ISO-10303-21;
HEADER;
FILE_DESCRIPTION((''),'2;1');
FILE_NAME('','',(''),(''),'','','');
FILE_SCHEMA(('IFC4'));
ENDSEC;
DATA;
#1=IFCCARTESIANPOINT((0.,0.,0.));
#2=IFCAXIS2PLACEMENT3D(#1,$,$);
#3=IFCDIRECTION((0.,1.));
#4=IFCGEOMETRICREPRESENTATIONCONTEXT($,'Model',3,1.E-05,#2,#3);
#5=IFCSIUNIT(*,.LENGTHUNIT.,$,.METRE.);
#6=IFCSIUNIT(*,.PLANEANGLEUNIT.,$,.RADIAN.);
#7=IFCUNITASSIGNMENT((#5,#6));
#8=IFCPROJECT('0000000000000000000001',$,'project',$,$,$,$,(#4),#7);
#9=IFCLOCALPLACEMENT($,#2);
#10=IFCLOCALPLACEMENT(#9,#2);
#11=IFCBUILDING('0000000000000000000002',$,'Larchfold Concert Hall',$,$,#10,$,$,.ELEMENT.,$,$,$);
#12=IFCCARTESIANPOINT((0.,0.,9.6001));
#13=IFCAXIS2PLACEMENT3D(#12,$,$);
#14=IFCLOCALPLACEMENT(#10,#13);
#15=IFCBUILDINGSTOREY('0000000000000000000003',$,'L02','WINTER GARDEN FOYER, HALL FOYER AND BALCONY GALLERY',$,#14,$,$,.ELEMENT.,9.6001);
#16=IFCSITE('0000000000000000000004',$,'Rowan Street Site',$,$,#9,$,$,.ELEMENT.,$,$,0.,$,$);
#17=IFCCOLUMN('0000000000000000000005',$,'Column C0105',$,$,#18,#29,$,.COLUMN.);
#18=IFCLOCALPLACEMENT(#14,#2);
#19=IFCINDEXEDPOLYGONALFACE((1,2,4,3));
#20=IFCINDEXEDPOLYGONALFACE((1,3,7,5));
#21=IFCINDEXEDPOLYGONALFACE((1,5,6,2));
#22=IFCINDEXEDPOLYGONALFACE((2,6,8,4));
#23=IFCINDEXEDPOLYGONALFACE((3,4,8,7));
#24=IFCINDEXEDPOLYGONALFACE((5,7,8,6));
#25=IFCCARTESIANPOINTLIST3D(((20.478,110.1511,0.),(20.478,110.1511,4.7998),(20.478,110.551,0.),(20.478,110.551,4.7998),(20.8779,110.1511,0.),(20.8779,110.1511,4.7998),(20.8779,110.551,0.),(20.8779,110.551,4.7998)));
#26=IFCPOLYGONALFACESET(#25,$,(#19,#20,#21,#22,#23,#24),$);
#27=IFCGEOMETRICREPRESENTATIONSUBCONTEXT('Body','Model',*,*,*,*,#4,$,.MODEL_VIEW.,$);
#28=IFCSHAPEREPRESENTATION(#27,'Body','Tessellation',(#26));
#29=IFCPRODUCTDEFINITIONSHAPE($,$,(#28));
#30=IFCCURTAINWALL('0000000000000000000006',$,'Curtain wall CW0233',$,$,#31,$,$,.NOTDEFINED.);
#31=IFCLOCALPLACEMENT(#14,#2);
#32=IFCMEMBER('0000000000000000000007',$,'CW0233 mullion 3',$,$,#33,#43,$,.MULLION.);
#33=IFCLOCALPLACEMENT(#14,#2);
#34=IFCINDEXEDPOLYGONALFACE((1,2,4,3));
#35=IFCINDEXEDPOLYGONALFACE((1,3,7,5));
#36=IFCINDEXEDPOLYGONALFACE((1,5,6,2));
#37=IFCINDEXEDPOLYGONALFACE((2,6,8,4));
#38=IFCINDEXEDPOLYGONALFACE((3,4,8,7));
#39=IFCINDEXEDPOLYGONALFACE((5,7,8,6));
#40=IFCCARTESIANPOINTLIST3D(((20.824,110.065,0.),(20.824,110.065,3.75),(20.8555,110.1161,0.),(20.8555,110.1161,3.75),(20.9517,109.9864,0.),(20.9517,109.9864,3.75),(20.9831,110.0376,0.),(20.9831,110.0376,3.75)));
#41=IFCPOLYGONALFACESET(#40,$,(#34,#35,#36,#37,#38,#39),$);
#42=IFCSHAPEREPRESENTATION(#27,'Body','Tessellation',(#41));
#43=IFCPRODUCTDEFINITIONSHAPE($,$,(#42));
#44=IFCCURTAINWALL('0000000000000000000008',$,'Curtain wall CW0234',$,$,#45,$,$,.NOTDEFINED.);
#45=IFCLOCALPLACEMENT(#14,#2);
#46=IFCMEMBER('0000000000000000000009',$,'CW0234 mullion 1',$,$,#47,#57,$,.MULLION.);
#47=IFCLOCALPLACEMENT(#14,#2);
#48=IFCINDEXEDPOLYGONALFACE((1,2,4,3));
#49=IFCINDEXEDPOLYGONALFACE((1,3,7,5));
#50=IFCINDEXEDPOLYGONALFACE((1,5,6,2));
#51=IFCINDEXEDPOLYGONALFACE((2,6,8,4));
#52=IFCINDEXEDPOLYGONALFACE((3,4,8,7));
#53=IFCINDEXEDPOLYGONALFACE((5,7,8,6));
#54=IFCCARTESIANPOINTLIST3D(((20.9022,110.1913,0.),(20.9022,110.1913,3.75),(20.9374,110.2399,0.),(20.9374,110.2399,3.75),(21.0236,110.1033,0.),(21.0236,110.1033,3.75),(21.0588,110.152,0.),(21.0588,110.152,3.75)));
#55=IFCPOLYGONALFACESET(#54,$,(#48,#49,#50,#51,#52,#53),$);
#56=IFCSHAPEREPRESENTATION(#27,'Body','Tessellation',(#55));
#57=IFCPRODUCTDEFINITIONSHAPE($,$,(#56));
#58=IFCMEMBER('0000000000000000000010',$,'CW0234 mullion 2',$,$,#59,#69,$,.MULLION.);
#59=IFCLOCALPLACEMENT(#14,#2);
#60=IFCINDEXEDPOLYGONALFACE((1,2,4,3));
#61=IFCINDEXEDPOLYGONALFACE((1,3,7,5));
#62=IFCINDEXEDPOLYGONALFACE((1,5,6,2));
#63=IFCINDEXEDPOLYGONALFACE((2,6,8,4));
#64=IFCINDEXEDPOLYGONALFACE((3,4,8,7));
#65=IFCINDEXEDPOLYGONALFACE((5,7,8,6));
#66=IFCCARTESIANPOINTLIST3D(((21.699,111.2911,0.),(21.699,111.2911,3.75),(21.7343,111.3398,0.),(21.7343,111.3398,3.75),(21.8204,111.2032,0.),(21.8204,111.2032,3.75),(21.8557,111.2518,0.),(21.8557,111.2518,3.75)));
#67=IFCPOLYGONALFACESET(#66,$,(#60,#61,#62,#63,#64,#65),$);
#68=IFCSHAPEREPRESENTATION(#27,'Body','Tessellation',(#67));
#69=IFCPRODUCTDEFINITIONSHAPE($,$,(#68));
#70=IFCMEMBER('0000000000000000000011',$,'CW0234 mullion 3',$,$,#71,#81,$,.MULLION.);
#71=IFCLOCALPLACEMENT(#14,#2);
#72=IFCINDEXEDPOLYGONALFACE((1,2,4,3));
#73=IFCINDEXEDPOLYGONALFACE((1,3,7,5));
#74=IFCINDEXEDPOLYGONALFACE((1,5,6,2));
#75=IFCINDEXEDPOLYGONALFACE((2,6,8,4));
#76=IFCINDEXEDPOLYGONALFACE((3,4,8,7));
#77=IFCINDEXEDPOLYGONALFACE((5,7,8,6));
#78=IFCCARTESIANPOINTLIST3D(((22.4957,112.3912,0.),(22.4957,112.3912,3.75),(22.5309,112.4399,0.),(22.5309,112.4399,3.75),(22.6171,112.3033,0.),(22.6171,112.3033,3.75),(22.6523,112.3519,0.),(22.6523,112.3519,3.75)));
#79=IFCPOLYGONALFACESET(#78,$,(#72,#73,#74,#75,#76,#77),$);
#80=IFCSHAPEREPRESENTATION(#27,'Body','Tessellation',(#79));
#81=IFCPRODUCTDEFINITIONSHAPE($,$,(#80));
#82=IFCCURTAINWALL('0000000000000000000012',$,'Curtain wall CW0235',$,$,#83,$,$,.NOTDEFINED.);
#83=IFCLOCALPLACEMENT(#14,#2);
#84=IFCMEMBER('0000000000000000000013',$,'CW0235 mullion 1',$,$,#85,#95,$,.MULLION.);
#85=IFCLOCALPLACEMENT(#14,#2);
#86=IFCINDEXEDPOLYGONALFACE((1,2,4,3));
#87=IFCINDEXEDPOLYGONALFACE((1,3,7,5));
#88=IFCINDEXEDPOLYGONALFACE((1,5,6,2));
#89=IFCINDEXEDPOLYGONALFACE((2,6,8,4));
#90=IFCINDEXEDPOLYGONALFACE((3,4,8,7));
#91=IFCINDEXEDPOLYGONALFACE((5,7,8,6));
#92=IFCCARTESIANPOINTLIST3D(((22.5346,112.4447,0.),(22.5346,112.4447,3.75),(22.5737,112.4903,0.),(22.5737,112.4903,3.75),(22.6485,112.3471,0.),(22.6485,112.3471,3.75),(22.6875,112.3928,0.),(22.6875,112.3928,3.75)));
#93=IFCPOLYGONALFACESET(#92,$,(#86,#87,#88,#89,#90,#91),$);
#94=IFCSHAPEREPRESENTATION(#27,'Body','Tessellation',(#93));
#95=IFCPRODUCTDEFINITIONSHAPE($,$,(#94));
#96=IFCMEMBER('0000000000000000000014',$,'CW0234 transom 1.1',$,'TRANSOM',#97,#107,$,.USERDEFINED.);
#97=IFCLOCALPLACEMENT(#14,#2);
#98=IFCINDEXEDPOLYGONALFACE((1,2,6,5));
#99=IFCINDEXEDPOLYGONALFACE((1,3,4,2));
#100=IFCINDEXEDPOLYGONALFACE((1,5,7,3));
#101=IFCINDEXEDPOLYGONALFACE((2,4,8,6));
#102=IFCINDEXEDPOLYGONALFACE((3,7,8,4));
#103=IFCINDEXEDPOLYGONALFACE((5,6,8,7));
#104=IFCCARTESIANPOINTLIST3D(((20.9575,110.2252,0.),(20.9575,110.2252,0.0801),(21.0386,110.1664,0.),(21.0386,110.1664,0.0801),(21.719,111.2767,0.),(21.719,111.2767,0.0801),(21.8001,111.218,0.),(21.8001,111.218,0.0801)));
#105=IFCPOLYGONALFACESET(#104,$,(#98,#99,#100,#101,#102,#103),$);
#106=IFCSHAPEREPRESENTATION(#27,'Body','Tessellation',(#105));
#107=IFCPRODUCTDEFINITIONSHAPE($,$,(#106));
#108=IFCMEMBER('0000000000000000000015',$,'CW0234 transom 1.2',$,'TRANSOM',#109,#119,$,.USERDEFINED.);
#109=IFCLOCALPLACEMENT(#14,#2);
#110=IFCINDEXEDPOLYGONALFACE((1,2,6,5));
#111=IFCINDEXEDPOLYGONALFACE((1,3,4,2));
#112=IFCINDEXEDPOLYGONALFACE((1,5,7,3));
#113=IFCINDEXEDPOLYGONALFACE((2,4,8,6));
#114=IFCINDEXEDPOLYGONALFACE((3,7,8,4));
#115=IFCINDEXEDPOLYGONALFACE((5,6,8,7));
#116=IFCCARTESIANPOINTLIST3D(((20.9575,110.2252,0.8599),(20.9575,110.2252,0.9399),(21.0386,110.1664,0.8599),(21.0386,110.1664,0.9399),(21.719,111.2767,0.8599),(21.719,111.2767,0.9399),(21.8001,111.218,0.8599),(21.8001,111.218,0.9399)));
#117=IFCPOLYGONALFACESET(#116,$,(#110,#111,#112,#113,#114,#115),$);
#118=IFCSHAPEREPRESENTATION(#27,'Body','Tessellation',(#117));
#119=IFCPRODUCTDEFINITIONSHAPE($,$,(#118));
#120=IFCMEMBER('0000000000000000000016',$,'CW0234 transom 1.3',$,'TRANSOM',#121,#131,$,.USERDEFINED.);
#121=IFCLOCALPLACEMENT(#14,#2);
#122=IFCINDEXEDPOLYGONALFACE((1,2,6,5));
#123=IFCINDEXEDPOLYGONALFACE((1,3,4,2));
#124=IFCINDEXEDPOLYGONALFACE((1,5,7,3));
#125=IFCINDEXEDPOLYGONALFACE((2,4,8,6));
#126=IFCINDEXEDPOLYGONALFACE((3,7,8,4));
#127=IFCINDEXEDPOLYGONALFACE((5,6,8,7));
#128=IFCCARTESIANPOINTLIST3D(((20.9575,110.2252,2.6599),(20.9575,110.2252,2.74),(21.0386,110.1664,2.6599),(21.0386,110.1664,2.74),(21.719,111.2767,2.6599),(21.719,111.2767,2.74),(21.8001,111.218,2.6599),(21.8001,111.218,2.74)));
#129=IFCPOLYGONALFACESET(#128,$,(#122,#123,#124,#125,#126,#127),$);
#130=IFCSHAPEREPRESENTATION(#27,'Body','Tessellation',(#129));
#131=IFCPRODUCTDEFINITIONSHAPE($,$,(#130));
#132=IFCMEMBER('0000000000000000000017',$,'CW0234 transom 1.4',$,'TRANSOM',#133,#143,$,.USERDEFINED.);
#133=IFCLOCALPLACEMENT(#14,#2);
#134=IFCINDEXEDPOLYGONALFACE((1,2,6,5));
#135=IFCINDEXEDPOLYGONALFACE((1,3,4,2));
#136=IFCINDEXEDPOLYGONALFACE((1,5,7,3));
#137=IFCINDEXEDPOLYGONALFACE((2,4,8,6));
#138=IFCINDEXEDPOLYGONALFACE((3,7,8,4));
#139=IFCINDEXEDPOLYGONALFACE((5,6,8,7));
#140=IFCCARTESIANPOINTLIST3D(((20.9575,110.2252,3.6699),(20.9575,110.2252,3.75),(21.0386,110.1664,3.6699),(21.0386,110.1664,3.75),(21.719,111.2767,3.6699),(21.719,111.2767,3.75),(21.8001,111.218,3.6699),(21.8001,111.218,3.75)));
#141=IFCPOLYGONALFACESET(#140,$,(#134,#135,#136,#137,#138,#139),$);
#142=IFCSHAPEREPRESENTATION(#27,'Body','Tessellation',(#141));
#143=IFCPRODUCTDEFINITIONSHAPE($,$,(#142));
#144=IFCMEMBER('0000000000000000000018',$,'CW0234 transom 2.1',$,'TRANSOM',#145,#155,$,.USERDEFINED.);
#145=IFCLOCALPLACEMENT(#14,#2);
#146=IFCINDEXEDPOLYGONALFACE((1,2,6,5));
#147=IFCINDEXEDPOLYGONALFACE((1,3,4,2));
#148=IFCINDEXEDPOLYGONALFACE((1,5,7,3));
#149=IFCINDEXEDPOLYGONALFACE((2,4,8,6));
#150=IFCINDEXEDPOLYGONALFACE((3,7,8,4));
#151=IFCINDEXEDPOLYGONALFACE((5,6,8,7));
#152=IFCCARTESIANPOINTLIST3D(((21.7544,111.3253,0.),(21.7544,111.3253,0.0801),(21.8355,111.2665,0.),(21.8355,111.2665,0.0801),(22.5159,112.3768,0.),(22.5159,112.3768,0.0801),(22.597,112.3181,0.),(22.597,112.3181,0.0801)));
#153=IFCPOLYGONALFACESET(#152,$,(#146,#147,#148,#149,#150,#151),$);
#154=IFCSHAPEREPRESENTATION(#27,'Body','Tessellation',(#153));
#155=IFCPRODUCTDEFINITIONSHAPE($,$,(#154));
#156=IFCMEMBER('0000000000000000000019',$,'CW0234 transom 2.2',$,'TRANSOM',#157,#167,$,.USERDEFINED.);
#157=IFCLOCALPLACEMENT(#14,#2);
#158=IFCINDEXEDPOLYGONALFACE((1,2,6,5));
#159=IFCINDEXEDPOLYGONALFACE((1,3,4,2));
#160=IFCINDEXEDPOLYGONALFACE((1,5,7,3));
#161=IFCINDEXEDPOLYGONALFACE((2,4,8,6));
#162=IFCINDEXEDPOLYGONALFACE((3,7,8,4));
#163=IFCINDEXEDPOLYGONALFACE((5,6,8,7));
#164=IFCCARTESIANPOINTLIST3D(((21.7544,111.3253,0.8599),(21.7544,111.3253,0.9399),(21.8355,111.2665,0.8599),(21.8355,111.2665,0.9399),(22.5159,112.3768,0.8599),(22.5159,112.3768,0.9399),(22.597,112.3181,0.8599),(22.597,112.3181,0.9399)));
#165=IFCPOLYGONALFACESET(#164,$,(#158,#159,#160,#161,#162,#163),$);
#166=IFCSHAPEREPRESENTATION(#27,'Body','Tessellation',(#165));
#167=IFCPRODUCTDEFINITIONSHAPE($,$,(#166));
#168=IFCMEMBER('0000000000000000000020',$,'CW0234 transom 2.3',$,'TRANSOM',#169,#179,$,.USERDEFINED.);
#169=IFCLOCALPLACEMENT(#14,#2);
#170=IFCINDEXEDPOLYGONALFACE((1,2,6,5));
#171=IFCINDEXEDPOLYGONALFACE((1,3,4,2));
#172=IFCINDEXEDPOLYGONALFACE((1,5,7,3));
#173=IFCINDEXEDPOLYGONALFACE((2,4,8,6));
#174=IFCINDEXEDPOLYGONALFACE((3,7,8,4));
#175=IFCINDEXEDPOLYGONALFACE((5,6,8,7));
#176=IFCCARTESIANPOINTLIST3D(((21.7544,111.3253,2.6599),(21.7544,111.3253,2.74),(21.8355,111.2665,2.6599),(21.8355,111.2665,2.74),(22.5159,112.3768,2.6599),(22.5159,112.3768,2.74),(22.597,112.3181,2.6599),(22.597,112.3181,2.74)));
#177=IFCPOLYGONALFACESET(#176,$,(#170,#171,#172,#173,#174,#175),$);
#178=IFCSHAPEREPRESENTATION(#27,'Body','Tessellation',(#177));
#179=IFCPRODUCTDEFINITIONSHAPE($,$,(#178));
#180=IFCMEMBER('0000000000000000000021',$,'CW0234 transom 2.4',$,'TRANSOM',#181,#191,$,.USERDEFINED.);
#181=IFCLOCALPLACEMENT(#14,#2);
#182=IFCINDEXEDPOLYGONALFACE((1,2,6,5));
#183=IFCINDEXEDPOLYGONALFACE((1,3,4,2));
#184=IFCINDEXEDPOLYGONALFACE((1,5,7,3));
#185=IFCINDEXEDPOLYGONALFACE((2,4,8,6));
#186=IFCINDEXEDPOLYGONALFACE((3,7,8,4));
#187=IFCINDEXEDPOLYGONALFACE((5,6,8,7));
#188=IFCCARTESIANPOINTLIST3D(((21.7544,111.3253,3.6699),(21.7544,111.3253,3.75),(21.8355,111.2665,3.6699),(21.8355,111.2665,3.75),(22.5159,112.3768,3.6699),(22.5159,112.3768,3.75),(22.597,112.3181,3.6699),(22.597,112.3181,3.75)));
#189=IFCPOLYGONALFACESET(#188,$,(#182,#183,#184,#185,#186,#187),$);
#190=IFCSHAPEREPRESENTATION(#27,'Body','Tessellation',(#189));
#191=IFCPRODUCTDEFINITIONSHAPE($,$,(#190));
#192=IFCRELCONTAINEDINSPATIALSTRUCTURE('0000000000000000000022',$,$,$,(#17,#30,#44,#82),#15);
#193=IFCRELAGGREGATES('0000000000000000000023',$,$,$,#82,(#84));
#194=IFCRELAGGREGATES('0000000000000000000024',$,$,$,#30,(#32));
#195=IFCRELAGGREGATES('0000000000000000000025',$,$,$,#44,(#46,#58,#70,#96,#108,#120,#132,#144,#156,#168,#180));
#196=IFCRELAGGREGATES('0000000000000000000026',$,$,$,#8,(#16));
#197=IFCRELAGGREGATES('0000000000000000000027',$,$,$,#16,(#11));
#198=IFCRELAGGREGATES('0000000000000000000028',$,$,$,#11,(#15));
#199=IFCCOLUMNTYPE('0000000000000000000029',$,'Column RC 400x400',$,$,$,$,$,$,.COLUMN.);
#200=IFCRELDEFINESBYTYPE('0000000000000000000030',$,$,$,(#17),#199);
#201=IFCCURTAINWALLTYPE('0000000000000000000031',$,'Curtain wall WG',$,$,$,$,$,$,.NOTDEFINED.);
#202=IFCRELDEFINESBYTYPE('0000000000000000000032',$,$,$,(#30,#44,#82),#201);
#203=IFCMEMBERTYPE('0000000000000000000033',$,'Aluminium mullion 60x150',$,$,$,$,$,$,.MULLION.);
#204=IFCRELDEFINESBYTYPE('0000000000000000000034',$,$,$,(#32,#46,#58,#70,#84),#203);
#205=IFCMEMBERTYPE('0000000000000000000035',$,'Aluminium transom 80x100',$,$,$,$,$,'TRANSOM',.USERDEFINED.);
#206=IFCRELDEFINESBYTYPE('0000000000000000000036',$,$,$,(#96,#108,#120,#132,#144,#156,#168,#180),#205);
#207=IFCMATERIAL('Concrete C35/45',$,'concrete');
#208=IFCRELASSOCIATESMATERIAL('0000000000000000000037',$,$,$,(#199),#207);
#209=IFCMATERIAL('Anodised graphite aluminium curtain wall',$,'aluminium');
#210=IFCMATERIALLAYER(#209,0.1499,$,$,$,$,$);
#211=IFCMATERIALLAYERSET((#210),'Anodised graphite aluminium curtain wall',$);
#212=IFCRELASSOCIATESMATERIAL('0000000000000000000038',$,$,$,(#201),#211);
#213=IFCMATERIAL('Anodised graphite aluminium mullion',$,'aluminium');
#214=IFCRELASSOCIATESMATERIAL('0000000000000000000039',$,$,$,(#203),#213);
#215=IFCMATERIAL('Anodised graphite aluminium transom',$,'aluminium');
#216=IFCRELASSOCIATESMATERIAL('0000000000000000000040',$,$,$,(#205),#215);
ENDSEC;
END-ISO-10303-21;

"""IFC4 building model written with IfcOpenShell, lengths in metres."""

from ifc_helpers import new_model, si_unit, direction, frame, origin, origin_2d, place, context, subcontext, project, spatial, rectangle, extrude, material, layer, layer_set, material_profile, profile_set, type_object, element, aggregate, save


model = new_model("IFC4")

# Units and contexts
model_context = context("Model", 3, precision=1e-05, world=origin(), true_north=direction((0.0, 1.0)))
body_context = subcontext(model_context, "Body", "Model", "MODEL_VIEW")
ifc_project = project(units=[si_unit("LENGTHUNIT", "METRE"), si_unit("PLANEANGLEUNIT", "RADIAN")], contexts=[model_context])

# Site, building, storey
site_placement = place(None, origin())
site = spatial("IfcSite", under=ifc_project, at=site_placement, Name="Rowan Street Site", CompositionType="ELEMENT", RefElevation=0.0)
building_placement = place(site_placement, origin())
building = spatial("IfcBuilding", under=site, at=building_placement, Name="Larchfold Concert Hall", CompositionType="ELEMENT")
storey_placement = place(building_placement, frame((0.0, 0.0, 9.6001)))
storey = spatial("IfcBuildingStorey", under=building, at=storey_placement, Name="L02", Description="WINTER GARDEN FOYER, HALL FOYER AND BALCONY GALLERY", CompositionType="ELEMENT", Elevation=9.6001)

# Column
ifc_material_1 = material(Name="Concrete C35/45", Category="concrete")
ifc_material_profile_1 = material_profile(ifc_material_1, rectangle(XDim=0.3999, YDim=0.3999, at=origin_2d()))
ifc_profile_set_1 = profile_set([ifc_material_profile_1], Name="Concrete C35/45")
column_type = type_object("IfcColumnType", Name="Column RC 400x400", PredefinedType="COLUMN", material=ifc_profile_set_1)
column_placement = place(storey_placement, frame((20.678, 110.3511, 0.0), z_axis=(0.0, 0.0, 1.0), x_axis=(1.0, 0.0, 0.0)))
element("IfcColumn", 1, at=column_placement, inside=storey, type_object=column_type, Name="Column C0105", PredefinedType="COLUMN", context=body_context, shape_type="SweptSolid", body=[
    extrude(rectangle(XDim=0.3999, YDim=0.3999, at=origin_2d()), origin(), (0.0, 0.0, 1.0), 4.7998),
])

# Curtain wall, member
ifc_material_2 = material(Name="Anodised graphite aluminium curtain wall", Category="aluminium")
ifc_layer_1 = layer(ifc_material_2, 0.1499)
ifc_layer_set_1 = layer_set([ifc_layer_1], Name="Anodised graphite aluminium curtain wall")
curtain_wall_type = type_object("IfcCurtainWallType", Name="Curtain wall WG", PredefinedType="NOTDEFINED", material=ifc_layer_set_1)
curtain_wall_1_placement = place(storey_placement, origin())
curtain_wall_1 = element("IfcCurtainWall", 2, at=curtain_wall_1_placement, inside=storey, type_object=curtain_wall_type, Name="Curtain wall CW0233", PredefinedType="NOTDEFINED")
ifc_material_3 = material(Name="Anodised graphite aluminium mullion", Category="aluminium")
ifc_material_profile_2 = material_profile(ifc_material_3, rectangle(XDim=0.1499, YDim=0.0601, at=origin_2d()))
ifc_profile_set_2 = profile_set([ifc_material_profile_2], Name="Anodised graphite aluminium mullion")
member_type_1 = type_object("IfcMemberType", Name="Aluminium mullion 60x150", PredefinedType="MULLION", material=ifc_profile_set_2)
member_1_placement = place(storey_placement, frame((20.9036, 110.0513, 0.0), z_axis=(0.0, 0.0, 1.0), x_axis=(-0.851668, 0.524082, 0.0)))
member_1 = element("IfcMember", 3, at=member_1_placement, type_object=member_type_1, Name="CW0233 mullion 3", PredefinedType="MULLION", context=body_context, shape_type="SweptSolid", body=[
    extrude(rectangle(XDim=0.1499, YDim=0.0601, at=origin_2d()), origin(), (0.0, 0.0, 1.0), 3.75),
])

# Curtain wall, members
curtain_wall_2_placement = place(storey_placement, origin())
curtain_wall_2 = element("IfcCurtainWall", 4, at=curtain_wall_2_placement, inside=storey, type_object=curtain_wall_type, Name="Curtain wall CW0234", PredefinedType="NOTDEFINED")
member_2_placement = place(storey_placement, frame((20.9805, 110.1716, 0.0), z_axis=(0.0, 0.0, 1.0), x_axis=(-0.809902, 0.586566, 0.0)))
member_2 = element("IfcMember", 5, at=member_2_placement, type_object=member_type_1, Name="CW0234 mullion 1", PredefinedType="MULLION", context=body_context, shape_type="SweptSolid", body=[
    extrude(rectangle(XDim=0.1499, YDim=0.0601, at=origin_2d()), origin(), (0.0, 0.0, 1.0), 3.75),
])
member_3_placement = place(storey_placement, frame((21.7773, 111.2715, 0.0), z_axis=(0.0, 0.0, 1.0), x_axis=(-0.809902, 0.586566, 0.0)))
member_3 = element("IfcMember", 6, at=member_3_placement, type_object=member_type_1, Name="CW0234 mullion 2", PredefinedType="MULLION", context=body_context, shape_type="SweptSolid", body=[
    extrude(rectangle(XDim=0.1499, YDim=0.0601, at=origin_2d()), origin(), (0.0, 0.0, 1.0), 3.75),
])
member_4_placement = place(storey_placement, frame((22.574, 112.3716, 0.0), z_axis=(0.0, 0.0, 1.0), x_axis=(-0.809902, 0.586566, 0.0)))
member_4 = element("IfcMember", 7, at=member_4_placement, type_object=member_type_1, Name="CW0234 mullion 3", PredefinedType="MULLION", context=body_context, shape_type="SweptSolid", body=[
    extrude(rectangle(XDim=0.1499, YDim=0.0601, at=origin_2d()), origin(), (0.0, 0.0, 1.0), 3.75),
])

# Curtain wall, member
curtain_wall_3_placement = place(storey_placement, origin())
curtain_wall_3 = element("IfcCurtainWall", 8, at=curtain_wall_3_placement, inside=storey, type_object=curtain_wall_type, Name="Curtain wall CW0235", PredefinedType="NOTDEFINED")
member_5_placement = place(storey_placement, frame((22.6111, 112.4187, 0.0), z_axis=(0.0, 0.0, 1.0), x_axis=(-0.759496, 0.650512, 0.0)))
member_5 = element("IfcMember", 9, at=member_5_placement, type_object=member_type_1, Name="CW0235 mullion 1", PredefinedType="MULLION", context=body_context, shape_type="SweptSolid", body=[
    extrude(rectangle(XDim=0.1499, YDim=0.0601, at=origin_2d()), origin(), (0.0, 0.0, 1.0), 3.75),
])

# Members
ifc_material_4 = material(Name="Anodised graphite aluminium transom", Category="aluminium")
ifc_material_profile_3 = material_profile(ifc_material_4, rectangle(XDim=0.1001, YDim=0.0801, at=origin_2d()))
ifc_profile_set_3 = profile_set([ifc_material_profile_3], Name="Anodised graphite aluminium transom")
member_type_2 = type_object("IfcMemberType", Name="Aluminium transom 80x100", ElementType="TRANSOM", PredefinedType="USERDEFINED", material=ifc_profile_set_3)
member_6_placement = place(storey_placement, frame((20.998, 110.1958, 0.04), z_axis=(0.586527, 0.80993, 0.0), x_axis=(-0.80993, 0.586527, 0.0)))
member_6 = element("IfcMember", 10, at=member_6_placement, type_object=member_type_2, Name="CW0234 transom 1.1", ObjectType="TRANSOM", PredefinedType="USERDEFINED", context=body_context, shape_type="SweptSolid", body=[
    extrude(rectangle(XDim=0.1001, YDim=0.0801, at=origin_2d()), origin(), (0.0, 0.0, 1.0), 1.2983),
])
member_7_placement = place(storey_placement, frame((20.998, 110.1958, 0.8999), z_axis=(0.586527, 0.80993, 0.0), x_axis=(-0.80993, 0.586527, 0.0)))
member_7 = element("IfcMember", 11, at=member_7_placement, type_object=member_type_2, Name="CW0234 transom 1.2", ObjectType="TRANSOM", PredefinedType="USERDEFINED", context=body_context, shape_type="SweptSolid", body=[
    extrude(rectangle(XDim=0.1001, YDim=0.0801, at=origin_2d()), origin(), (0.0, 0.0, 1.0), 1.2983),
])
member_8_placement = place(storey_placement, frame((20.998, 110.1958, 2.7), z_axis=(0.586527, 0.80993, 0.0), x_axis=(-0.80993, 0.586527, 0.0)))
member_8 = element("IfcMember", 12, at=member_8_placement, type_object=member_type_2, Name="CW0234 transom 1.3", ObjectType="TRANSOM", PredefinedType="USERDEFINED", context=body_context, shape_type="SweptSolid", body=[
    extrude(rectangle(XDim=0.1001, YDim=0.0801, at=origin_2d()), origin(), (0.0, 0.0, 1.0), 1.2983),
])
member_9_placement = place(storey_placement, frame((20.998, 110.1958, 3.71), z_axis=(0.586527, 0.80993, 0.0), x_axis=(-0.80993, 0.586527, 0.0)))
member_9 = element("IfcMember", 13, at=member_9_placement, type_object=member_type_2, Name="CW0234 transom 1.4", ObjectType="TRANSOM", PredefinedType="USERDEFINED", context=body_context, shape_type="SweptSolid", body=[
    extrude(rectangle(XDim=0.1001, YDim=0.0801, at=origin_2d()), origin(), (0.0, 0.0, 1.0), 1.2983),
])
member_10_placement = place(storey_placement, frame((21.7949, 111.2959, 0.04), z_axis=(0.586527, 0.80993, 0.0), x_axis=(-0.80993, 0.586527, 0.0)))
member_10 = element("IfcMember", 14, at=member_10_placement, type_object=member_type_2, Name="CW0234 transom 2.1", ObjectType="TRANSOM", PredefinedType="USERDEFINED", context=body_context, shape_type="SweptSolid", body=[
    extrude(rectangle(XDim=0.1001, YDim=0.0801, at=origin_2d()), origin(), (0.0, 0.0, 1.0), 1.2983),
])
member_11_placement = place(storey_placement, frame((21.7949, 111.2959, 0.8999), z_axis=(0.586527, 0.80993, 0.0), x_axis=(-0.80993, 0.586527, 0.0)))
member_11 = element("IfcMember", 15, at=member_11_placement, type_object=member_type_2, Name="CW0234 transom 2.2", ObjectType="TRANSOM", PredefinedType="USERDEFINED", context=body_context, shape_type="SweptSolid", body=[
    extrude(rectangle(XDim=0.1001, YDim=0.0801, at=origin_2d()), origin(), (0.0, 0.0, 1.0), 1.2983),
])
member_12_placement = place(storey_placement, frame((21.7949, 111.2959, 2.7), z_axis=(0.586527, 0.80993, 0.0), x_axis=(-0.80993, 0.586527, 0.0)))
member_12 = element("IfcMember", 16, at=member_12_placement, type_object=member_type_2, Name="CW0234 transom 2.3", ObjectType="TRANSOM", PredefinedType="USERDEFINED", context=body_context, shape_type="SweptSolid", body=[
    extrude(rectangle(XDim=0.1001, YDim=0.0801, at=origin_2d()), origin(), (0.0, 0.0, 1.0), 1.2983),
])
member_13_placement = place(storey_placement, frame((21.7949, 111.2959, 3.71), z_axis=(0.586527, 0.80993, 0.0), x_axis=(-0.80993, 0.586527, 0.0)))
member_13 = element("IfcMember", 17, at=member_13_placement, type_object=member_type_2, Name="CW0234 transom 2.4", ObjectType="TRANSOM", PredefinedType="USERDEFINED", context=body_context, shape_type="SweptSolid", body=[
    extrude(rectangle(XDim=0.1001, YDim=0.0801, at=origin_2d()), origin(), (0.0, 0.0, 1.0), 1.2983),
])
aggregate(curtain_wall_3, [member_5])

aggregate(curtain_wall_1, [member_1])
aggregate(curtain_wall_2, [member_2, member_3, member_4, member_6, member_7, member_8, member_9, member_10, member_11, member_12, member_13])

save(model, "model.ifc")
